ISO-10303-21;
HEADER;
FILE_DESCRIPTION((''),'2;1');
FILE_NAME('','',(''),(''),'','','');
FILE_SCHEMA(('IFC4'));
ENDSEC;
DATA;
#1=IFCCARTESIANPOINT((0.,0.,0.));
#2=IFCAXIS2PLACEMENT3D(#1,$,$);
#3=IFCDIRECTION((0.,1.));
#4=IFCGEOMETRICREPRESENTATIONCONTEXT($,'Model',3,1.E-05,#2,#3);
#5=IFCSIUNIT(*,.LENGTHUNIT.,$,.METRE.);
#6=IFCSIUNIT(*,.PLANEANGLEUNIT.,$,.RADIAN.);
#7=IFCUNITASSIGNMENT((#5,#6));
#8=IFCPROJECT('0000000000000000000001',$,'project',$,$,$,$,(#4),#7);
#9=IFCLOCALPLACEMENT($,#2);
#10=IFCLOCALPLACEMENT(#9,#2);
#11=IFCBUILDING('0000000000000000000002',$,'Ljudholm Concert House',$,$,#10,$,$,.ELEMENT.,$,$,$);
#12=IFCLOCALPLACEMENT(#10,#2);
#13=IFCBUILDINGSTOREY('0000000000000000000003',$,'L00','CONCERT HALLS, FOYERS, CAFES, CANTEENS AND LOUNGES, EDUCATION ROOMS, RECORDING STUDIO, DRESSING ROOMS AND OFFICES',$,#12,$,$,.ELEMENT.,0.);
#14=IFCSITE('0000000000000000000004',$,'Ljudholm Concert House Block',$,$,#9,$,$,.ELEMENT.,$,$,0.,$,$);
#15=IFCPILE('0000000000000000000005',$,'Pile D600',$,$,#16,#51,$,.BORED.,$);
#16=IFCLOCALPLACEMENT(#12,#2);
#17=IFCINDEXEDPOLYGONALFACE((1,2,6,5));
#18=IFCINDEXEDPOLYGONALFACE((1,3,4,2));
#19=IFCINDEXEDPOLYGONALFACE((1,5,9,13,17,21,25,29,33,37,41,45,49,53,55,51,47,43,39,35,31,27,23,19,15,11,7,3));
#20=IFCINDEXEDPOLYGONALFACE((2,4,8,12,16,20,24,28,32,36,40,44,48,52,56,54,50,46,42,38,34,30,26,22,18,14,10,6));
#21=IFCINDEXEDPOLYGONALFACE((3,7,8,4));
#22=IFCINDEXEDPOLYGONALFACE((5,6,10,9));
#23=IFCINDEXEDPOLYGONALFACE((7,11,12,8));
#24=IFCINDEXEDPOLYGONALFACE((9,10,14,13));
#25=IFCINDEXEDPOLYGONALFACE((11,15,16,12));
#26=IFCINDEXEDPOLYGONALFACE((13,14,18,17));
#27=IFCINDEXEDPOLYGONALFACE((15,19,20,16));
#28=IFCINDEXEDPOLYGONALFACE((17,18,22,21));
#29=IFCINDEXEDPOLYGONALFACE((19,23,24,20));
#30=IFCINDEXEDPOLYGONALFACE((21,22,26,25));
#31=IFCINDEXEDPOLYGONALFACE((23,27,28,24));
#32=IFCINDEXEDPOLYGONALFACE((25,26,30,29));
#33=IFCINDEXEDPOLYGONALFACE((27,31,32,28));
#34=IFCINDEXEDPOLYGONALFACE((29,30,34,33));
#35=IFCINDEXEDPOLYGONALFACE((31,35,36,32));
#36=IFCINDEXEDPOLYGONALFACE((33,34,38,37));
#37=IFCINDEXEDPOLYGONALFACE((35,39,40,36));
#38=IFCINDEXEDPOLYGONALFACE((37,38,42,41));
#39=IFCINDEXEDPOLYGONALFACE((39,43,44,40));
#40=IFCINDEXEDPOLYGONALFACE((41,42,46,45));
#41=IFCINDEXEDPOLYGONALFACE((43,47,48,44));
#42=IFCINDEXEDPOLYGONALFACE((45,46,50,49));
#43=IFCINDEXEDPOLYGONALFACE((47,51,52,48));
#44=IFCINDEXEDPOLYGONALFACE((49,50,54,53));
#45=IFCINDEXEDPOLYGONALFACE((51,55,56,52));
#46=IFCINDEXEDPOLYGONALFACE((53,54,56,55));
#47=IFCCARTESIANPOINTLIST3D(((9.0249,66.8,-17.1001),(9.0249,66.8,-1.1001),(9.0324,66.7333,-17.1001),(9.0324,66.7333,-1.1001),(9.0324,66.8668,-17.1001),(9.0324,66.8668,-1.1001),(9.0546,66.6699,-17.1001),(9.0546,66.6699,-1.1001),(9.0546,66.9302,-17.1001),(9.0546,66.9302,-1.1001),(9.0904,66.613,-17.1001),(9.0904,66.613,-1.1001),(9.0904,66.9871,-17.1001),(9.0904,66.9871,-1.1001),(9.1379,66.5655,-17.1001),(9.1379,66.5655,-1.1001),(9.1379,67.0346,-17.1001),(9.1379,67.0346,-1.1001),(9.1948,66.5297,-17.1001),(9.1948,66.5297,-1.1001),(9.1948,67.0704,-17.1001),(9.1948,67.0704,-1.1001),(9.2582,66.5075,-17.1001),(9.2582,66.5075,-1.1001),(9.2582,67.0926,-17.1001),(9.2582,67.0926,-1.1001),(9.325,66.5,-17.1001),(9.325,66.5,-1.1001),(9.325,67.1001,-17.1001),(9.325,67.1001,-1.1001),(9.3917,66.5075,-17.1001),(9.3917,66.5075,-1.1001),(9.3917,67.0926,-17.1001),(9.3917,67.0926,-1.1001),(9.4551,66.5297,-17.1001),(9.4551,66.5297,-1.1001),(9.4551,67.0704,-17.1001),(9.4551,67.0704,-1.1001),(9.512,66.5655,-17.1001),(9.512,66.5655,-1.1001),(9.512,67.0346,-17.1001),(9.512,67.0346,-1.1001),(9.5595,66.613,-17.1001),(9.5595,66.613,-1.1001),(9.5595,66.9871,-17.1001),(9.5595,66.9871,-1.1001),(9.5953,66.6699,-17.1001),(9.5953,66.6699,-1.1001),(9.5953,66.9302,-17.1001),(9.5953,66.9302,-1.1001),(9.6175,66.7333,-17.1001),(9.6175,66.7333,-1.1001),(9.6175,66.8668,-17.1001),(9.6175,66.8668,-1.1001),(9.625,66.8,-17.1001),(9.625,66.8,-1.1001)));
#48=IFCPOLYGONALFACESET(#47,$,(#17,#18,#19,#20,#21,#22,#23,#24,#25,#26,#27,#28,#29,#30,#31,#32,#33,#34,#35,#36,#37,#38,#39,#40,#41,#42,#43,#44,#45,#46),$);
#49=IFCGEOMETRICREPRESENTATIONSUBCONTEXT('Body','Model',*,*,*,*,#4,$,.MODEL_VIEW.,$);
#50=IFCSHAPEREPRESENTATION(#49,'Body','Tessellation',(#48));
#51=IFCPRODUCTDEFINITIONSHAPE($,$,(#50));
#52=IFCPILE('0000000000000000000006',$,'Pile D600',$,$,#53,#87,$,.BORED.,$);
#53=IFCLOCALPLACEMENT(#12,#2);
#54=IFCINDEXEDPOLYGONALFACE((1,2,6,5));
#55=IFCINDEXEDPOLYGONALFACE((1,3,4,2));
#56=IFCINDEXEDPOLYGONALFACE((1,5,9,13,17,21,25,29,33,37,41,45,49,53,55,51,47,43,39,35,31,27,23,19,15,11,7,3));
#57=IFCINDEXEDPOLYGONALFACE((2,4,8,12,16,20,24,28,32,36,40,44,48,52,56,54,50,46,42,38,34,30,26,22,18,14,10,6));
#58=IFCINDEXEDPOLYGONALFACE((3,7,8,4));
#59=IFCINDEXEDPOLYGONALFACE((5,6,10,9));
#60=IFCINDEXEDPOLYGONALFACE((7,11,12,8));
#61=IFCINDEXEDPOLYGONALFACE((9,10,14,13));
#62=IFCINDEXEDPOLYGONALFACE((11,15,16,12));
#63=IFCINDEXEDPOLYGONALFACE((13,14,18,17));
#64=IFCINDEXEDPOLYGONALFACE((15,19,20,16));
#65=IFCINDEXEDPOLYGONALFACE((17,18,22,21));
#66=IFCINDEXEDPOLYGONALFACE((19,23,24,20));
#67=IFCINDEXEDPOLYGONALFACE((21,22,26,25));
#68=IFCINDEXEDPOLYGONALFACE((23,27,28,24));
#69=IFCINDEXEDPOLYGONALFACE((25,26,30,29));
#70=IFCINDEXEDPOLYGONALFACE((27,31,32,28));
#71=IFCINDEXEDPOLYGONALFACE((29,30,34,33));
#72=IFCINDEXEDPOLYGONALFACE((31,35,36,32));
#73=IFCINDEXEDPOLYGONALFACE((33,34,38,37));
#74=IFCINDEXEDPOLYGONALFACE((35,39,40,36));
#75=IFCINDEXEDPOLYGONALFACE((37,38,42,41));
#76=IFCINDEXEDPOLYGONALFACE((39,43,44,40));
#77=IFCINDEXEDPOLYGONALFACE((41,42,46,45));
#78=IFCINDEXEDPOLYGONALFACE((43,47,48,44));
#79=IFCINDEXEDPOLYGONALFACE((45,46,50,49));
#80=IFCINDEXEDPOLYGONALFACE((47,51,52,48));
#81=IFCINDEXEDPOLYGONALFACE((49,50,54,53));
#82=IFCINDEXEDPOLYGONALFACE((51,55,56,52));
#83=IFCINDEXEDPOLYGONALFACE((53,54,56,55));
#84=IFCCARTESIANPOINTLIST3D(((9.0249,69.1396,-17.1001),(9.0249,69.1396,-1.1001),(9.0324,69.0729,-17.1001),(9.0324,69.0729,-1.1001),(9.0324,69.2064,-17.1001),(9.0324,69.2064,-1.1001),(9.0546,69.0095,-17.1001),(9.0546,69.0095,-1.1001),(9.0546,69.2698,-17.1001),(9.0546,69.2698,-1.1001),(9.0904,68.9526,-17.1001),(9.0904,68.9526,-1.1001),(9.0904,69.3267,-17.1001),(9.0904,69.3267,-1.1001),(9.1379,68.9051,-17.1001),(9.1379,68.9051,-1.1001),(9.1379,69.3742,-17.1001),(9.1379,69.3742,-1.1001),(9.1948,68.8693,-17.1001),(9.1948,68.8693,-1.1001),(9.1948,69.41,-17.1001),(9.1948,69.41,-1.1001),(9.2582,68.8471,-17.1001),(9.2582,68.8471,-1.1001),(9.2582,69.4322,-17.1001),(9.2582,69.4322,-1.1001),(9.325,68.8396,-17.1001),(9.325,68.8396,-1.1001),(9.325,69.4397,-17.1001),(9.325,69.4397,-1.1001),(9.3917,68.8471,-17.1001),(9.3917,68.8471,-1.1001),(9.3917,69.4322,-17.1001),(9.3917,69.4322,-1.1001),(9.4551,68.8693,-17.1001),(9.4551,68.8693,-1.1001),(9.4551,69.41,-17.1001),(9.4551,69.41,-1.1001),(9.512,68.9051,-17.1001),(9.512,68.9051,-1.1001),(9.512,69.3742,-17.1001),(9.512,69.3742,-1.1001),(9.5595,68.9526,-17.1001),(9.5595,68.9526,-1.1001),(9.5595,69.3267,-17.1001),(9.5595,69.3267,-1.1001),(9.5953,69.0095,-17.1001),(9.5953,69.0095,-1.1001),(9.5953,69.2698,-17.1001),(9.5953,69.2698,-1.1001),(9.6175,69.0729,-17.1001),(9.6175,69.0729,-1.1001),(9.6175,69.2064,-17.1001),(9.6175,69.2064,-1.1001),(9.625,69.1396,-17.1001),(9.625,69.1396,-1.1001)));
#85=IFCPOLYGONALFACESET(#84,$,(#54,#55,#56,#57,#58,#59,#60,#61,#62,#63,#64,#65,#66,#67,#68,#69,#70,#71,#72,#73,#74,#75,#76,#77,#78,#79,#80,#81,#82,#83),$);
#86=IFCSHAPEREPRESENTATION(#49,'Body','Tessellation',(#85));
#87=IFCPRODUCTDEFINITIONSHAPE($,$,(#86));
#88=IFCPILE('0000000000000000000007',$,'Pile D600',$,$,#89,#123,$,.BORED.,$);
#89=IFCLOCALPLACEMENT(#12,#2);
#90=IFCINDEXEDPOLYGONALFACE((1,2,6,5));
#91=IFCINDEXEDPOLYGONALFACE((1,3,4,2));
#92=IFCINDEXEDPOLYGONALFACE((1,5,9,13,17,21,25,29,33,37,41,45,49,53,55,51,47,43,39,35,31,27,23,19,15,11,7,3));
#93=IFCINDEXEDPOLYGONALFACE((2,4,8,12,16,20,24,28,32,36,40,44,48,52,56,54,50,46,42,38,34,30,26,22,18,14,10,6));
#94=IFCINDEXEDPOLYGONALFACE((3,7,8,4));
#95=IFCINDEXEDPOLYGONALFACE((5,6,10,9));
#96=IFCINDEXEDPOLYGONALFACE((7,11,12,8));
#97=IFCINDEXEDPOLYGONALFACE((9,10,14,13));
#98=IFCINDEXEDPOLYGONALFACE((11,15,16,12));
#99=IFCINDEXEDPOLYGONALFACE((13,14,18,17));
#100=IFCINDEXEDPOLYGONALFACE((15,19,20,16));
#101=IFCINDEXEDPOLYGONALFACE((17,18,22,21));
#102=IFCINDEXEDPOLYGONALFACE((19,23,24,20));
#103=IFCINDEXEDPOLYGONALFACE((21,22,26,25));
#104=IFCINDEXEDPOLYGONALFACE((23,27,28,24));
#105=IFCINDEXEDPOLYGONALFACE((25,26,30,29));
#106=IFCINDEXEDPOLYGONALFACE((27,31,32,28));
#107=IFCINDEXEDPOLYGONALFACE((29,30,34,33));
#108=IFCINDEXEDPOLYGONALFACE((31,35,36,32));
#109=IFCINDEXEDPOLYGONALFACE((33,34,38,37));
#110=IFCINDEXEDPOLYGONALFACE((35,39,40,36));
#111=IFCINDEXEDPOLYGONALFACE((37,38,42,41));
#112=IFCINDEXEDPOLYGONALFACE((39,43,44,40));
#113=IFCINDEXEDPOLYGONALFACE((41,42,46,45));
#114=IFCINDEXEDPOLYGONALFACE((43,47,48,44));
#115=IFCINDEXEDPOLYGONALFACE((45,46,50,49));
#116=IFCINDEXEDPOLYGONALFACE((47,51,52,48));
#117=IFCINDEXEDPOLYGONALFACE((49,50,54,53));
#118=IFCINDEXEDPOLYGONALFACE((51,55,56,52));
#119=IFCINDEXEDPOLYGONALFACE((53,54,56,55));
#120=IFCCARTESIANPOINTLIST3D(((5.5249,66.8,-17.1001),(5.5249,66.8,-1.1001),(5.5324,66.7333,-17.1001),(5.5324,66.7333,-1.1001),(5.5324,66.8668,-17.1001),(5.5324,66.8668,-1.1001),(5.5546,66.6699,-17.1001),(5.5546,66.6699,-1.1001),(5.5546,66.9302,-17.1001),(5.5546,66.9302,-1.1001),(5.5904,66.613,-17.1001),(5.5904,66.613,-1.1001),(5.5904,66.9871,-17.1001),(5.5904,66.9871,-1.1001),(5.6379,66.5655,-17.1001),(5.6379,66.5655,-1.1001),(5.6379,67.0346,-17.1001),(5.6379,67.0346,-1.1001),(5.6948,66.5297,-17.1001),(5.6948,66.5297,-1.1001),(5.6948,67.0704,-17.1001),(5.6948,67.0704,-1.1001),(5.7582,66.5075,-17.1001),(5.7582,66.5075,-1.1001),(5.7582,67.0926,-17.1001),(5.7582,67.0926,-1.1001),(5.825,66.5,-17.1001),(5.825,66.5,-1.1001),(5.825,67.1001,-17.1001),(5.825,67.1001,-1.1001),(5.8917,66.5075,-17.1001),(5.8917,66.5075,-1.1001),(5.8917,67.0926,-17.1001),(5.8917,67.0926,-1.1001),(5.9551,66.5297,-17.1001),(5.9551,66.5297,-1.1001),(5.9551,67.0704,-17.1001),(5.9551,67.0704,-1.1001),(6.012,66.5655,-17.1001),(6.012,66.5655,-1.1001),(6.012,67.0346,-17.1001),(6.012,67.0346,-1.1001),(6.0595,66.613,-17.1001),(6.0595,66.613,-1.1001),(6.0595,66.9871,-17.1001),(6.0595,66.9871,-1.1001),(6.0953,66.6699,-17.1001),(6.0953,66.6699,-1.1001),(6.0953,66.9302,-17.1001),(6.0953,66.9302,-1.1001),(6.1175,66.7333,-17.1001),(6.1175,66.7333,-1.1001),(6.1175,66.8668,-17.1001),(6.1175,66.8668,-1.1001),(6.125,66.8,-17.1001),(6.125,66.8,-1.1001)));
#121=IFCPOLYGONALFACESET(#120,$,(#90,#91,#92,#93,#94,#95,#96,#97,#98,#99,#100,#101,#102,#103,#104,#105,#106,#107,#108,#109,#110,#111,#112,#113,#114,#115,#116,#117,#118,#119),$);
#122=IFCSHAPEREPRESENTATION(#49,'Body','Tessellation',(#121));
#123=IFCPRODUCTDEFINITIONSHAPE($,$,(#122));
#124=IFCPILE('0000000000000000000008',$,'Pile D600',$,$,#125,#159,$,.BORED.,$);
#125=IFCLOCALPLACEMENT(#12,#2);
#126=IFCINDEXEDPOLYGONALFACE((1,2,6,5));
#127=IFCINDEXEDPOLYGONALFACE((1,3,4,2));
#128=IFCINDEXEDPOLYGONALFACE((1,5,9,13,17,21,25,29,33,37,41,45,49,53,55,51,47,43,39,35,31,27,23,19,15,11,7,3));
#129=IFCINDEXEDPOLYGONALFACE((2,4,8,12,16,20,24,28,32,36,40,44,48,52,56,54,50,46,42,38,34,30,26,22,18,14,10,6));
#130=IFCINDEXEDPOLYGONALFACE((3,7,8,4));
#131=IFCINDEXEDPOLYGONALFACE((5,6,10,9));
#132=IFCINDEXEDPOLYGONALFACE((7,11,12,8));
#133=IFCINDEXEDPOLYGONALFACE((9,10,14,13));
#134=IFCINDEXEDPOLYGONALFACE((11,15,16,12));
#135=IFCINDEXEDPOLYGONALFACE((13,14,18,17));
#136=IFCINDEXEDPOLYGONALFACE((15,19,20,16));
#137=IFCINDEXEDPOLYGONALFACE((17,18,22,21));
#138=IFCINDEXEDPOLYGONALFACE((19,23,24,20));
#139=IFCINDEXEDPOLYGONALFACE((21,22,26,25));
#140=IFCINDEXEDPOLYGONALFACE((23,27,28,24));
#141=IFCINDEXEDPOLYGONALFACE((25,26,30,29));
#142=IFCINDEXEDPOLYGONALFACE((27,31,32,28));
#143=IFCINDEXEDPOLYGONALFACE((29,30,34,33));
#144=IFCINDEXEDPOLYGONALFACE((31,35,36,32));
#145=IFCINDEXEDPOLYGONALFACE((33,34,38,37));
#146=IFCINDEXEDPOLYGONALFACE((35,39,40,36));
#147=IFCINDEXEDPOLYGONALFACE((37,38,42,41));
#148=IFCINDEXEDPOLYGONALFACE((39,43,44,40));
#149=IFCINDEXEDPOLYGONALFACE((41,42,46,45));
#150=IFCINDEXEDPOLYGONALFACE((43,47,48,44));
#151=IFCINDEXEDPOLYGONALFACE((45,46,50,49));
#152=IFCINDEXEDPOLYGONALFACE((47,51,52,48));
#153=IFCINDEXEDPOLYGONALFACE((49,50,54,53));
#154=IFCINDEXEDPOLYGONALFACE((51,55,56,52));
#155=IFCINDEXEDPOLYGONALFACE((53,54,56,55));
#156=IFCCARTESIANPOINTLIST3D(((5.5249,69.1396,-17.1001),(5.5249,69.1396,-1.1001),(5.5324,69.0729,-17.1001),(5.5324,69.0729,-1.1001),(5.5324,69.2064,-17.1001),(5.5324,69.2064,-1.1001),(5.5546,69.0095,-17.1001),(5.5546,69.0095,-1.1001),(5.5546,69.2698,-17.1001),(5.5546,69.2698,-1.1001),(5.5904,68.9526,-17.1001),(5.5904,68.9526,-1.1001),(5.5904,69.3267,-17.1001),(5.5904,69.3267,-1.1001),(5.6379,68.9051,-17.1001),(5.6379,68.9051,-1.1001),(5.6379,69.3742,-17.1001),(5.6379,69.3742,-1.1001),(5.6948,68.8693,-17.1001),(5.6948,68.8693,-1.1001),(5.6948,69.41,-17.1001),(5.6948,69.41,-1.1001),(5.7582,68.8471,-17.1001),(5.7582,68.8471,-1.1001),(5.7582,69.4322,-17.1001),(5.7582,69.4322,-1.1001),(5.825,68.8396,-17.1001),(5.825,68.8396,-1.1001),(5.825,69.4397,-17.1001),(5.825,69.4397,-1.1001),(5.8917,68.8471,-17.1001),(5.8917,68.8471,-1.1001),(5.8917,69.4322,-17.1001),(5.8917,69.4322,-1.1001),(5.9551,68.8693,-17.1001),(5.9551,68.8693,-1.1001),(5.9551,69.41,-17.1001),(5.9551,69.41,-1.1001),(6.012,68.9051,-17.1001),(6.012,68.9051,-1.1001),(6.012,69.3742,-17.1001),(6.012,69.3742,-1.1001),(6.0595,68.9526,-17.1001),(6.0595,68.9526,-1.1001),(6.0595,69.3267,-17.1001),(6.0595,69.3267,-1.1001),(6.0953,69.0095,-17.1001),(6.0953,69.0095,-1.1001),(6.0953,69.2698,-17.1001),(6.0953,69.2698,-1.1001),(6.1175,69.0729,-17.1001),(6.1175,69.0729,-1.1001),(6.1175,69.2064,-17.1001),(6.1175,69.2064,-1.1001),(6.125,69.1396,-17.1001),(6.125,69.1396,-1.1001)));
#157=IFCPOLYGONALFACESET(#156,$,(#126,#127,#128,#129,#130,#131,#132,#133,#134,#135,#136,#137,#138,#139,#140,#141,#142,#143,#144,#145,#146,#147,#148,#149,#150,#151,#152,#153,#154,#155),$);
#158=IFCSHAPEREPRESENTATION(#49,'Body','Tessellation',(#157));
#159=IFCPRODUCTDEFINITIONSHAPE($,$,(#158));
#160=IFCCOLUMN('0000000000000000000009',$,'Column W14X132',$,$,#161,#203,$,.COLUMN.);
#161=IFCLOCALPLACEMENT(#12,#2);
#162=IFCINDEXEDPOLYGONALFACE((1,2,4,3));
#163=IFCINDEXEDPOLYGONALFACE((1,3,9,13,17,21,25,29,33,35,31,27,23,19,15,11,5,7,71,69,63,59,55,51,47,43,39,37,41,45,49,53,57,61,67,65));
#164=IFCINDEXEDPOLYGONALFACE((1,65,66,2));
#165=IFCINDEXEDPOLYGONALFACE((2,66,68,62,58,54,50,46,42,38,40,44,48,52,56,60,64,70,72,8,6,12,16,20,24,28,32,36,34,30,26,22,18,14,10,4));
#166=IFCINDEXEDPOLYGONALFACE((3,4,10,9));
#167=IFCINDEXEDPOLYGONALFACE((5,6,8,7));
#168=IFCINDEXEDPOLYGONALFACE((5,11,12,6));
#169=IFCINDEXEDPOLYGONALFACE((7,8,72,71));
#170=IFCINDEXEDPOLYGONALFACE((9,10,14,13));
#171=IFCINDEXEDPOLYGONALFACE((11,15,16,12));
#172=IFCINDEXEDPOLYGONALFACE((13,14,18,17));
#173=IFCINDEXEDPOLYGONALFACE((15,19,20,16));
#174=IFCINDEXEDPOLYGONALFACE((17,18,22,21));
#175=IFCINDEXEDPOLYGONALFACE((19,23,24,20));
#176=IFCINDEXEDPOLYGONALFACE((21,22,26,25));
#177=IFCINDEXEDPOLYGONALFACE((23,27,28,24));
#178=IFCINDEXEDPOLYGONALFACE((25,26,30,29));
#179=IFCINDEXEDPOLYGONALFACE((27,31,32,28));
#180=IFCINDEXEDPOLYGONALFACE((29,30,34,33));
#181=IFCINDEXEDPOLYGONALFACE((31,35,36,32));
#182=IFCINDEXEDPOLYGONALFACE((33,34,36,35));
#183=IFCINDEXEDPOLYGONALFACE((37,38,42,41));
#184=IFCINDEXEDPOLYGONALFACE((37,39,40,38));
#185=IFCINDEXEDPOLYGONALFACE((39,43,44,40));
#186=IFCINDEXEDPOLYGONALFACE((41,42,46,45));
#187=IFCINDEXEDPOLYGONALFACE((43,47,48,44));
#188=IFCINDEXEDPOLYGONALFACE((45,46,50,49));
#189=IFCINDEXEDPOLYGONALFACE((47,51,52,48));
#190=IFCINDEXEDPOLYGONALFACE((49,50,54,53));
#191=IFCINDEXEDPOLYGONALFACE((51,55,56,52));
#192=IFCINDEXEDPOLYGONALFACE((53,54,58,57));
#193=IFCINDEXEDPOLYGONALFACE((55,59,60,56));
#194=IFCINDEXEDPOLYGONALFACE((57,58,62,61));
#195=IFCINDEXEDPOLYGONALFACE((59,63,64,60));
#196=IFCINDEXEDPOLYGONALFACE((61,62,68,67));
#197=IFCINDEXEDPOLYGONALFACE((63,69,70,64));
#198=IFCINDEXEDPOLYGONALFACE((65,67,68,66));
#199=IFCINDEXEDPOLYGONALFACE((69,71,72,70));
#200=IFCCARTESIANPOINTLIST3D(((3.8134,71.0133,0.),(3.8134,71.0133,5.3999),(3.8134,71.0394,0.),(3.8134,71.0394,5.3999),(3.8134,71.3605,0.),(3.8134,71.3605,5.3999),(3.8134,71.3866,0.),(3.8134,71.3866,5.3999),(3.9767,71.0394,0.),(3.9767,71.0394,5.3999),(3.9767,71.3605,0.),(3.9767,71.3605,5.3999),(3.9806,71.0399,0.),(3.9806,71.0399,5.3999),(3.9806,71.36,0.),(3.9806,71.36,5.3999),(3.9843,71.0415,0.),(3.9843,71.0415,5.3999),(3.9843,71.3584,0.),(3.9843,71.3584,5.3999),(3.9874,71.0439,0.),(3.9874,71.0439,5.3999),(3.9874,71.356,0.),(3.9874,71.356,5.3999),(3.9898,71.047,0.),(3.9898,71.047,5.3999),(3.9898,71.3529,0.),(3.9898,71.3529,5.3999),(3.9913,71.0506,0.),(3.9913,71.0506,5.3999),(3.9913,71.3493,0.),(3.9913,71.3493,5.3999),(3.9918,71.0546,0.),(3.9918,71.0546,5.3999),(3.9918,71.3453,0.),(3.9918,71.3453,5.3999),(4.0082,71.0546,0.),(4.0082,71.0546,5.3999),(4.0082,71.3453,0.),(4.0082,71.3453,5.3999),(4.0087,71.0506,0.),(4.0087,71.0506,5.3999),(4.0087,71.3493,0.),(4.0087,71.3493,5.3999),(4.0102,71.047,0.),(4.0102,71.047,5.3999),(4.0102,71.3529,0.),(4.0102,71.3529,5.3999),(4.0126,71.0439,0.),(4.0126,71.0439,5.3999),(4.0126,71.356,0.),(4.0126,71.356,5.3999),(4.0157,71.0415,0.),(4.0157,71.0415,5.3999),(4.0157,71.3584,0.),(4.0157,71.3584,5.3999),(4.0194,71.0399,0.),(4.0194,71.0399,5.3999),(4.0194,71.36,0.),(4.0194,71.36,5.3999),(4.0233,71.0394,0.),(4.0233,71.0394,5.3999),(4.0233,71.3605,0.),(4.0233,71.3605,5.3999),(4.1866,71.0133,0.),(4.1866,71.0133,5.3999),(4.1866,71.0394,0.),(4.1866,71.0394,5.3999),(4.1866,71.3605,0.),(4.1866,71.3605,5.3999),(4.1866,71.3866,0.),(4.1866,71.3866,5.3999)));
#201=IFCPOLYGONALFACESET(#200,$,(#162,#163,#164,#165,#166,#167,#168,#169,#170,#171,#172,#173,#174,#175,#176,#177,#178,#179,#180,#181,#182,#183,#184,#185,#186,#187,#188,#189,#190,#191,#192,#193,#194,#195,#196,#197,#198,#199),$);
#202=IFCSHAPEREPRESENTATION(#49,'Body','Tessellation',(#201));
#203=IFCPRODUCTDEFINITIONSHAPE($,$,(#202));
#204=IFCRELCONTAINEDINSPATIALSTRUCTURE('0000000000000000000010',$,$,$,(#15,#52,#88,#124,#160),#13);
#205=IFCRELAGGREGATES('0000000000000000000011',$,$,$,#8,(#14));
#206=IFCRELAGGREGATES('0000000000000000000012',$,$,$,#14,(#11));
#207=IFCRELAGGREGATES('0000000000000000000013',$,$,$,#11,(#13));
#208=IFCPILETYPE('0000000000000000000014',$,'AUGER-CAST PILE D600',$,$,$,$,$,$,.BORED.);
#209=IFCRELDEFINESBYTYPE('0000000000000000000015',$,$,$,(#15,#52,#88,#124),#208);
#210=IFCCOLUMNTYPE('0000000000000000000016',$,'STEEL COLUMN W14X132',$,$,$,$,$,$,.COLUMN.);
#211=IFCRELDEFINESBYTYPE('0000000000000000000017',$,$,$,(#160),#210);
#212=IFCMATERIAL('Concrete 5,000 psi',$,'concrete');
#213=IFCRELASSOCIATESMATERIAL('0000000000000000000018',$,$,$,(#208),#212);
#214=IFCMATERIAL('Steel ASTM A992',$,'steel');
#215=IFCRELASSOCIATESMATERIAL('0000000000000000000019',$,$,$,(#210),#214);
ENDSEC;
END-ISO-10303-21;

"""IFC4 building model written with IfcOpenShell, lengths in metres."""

from ifc_helpers import new_model, si_unit, direction, frame, origin, origin_2d, place, context, subcontext, project, spatial, circle, i_section, extrude, material, material_profile, profile_set, type_object, element, save


model = new_model("IFC4")

# Units and contexts
model_context = context("Model", 3, precision=1e-05, world=origin(), true_north=direction((0.0, 1.0)))
body_context = subcontext(model_context, "Body", "Model", "MODEL_VIEW")
ifc_project = project(units=[si_unit("LENGTHUNIT", "METRE"), si_unit("PLANEANGLEUNIT", "RADIAN")], contexts=[model_context])

# Site, building, storey
site_placement = place(None, origin())
site = spatial("IfcSite", under=ifc_project, at=site_placement, Name="Ljudholm Concert House Block", CompositionType="ELEMENT", RefElevation=0.0)
building_placement = place(site_placement, origin())
building = spatial("IfcBuilding", under=site, at=building_placement, Name="Ljudholm Concert House", CompositionType="ELEMENT")
storey_placement = place(building_placement, origin())
storey = spatial("IfcBuildingStorey", under=building, at=storey_placement, Name="L00", Description="CONCERT HALLS, FOYERS, CAFES, CANTEENS AND LOUNGES, EDUCATION ROOMS, RECORDING STUDIO, DRESSING ROOMS AND OFFICES", CompositionType="ELEMENT", Elevation=0.0)

# Piles
ifc_material_1 = material(Name="Concrete 5,000 psi", Category="concrete")
ifc_material_profile_1 = material_profile(ifc_material_1, circle(Radius=0.3, at=origin_2d()), Name="AUGER-CAST PILE D600")
ifc_profile_set_1 = profile_set([ifc_material_profile_1], Name="Concrete 5,000 psi")
pile_type = type_object("IfcPileType", Name="AUGER-CAST PILE D600", PredefinedType="BORED", material=ifc_profile_set_1)
for number, where, z_axis, x_axis, name in (
    (1, (9.325, 66.8, -1.1001), (0.0, 0.0, -1.0), (1.0, 0.0, 0.0), "Pile D600"),
    (2, (9.325, 69.1396, -1.1001), (0.0, 0.0, -1.0), (1.0, 0.0, 0.0), "Pile D600"),
    (3, (5.825, 66.8, -1.1001), (0.0, 0.0, -1.0), (1.0, 0.0, 0.0), "Pile D600"),
    (4, (5.825, 69.1396, -1.1001), (0.0, 0.0, -1.0), (1.0, 0.0, 0.0), "Pile D600"),
):
    element("IfcPile", number, at=place(storey_placement, frame(where, z_axis=z_axis, x_axis=x_axis)), inside=storey, type_object=pile_type, Name=name, PredefinedType="BORED", context=body_context, shape_type="SweptSolid", body=[
        extrude(circle(Radius=0.3, at=origin_2d()), origin(), (0.0, 0.0, 1.0), 16.0),
    ])

# Column
ifc_material_2 = material(Name="Steel ASTM A992", Category="steel")
ifc_material_profile_2 = material_profile(ifc_material_2, i_section(OverallWidth=0.3733, OverallDepth=0.3733, WebThickness=0.0164, FlangeThickness=0.0261, FilletRadius=0.0151, at=origin_2d()), Name="W14X132")
ifc_profile_set_2 = profile_set([ifc_material_profile_2], Name="Steel ASTM A992")
column_type = type_object("IfcColumnType", Name="STEEL COLUMN W14X132", PredefinedType="COLUMN", material=ifc_profile_set_2)
column_placement = place(storey_placement, frame((4.0, 71.2, 0.0), z_axis=(0.0, 0.0, 1.0), x_axis=(1.0, 0.0, 0.0)))
element("IfcColumn", 5, at=column_placement, inside=storey, type_object=column_type, Name="Column W14X132", PredefinedType="COLUMN", context=body_context, shape_type="SweptSolid", body=[
    extrude(i_section(OverallWidth=0.3733, OverallDepth=0.3733, WebThickness=0.0164, FlangeThickness=0.0261, FilletRadius=0.0151, at=origin_2d()), origin(), (0.0, 0.0, 1.0), 5.3999),
])

save(model, "model.ifc")
